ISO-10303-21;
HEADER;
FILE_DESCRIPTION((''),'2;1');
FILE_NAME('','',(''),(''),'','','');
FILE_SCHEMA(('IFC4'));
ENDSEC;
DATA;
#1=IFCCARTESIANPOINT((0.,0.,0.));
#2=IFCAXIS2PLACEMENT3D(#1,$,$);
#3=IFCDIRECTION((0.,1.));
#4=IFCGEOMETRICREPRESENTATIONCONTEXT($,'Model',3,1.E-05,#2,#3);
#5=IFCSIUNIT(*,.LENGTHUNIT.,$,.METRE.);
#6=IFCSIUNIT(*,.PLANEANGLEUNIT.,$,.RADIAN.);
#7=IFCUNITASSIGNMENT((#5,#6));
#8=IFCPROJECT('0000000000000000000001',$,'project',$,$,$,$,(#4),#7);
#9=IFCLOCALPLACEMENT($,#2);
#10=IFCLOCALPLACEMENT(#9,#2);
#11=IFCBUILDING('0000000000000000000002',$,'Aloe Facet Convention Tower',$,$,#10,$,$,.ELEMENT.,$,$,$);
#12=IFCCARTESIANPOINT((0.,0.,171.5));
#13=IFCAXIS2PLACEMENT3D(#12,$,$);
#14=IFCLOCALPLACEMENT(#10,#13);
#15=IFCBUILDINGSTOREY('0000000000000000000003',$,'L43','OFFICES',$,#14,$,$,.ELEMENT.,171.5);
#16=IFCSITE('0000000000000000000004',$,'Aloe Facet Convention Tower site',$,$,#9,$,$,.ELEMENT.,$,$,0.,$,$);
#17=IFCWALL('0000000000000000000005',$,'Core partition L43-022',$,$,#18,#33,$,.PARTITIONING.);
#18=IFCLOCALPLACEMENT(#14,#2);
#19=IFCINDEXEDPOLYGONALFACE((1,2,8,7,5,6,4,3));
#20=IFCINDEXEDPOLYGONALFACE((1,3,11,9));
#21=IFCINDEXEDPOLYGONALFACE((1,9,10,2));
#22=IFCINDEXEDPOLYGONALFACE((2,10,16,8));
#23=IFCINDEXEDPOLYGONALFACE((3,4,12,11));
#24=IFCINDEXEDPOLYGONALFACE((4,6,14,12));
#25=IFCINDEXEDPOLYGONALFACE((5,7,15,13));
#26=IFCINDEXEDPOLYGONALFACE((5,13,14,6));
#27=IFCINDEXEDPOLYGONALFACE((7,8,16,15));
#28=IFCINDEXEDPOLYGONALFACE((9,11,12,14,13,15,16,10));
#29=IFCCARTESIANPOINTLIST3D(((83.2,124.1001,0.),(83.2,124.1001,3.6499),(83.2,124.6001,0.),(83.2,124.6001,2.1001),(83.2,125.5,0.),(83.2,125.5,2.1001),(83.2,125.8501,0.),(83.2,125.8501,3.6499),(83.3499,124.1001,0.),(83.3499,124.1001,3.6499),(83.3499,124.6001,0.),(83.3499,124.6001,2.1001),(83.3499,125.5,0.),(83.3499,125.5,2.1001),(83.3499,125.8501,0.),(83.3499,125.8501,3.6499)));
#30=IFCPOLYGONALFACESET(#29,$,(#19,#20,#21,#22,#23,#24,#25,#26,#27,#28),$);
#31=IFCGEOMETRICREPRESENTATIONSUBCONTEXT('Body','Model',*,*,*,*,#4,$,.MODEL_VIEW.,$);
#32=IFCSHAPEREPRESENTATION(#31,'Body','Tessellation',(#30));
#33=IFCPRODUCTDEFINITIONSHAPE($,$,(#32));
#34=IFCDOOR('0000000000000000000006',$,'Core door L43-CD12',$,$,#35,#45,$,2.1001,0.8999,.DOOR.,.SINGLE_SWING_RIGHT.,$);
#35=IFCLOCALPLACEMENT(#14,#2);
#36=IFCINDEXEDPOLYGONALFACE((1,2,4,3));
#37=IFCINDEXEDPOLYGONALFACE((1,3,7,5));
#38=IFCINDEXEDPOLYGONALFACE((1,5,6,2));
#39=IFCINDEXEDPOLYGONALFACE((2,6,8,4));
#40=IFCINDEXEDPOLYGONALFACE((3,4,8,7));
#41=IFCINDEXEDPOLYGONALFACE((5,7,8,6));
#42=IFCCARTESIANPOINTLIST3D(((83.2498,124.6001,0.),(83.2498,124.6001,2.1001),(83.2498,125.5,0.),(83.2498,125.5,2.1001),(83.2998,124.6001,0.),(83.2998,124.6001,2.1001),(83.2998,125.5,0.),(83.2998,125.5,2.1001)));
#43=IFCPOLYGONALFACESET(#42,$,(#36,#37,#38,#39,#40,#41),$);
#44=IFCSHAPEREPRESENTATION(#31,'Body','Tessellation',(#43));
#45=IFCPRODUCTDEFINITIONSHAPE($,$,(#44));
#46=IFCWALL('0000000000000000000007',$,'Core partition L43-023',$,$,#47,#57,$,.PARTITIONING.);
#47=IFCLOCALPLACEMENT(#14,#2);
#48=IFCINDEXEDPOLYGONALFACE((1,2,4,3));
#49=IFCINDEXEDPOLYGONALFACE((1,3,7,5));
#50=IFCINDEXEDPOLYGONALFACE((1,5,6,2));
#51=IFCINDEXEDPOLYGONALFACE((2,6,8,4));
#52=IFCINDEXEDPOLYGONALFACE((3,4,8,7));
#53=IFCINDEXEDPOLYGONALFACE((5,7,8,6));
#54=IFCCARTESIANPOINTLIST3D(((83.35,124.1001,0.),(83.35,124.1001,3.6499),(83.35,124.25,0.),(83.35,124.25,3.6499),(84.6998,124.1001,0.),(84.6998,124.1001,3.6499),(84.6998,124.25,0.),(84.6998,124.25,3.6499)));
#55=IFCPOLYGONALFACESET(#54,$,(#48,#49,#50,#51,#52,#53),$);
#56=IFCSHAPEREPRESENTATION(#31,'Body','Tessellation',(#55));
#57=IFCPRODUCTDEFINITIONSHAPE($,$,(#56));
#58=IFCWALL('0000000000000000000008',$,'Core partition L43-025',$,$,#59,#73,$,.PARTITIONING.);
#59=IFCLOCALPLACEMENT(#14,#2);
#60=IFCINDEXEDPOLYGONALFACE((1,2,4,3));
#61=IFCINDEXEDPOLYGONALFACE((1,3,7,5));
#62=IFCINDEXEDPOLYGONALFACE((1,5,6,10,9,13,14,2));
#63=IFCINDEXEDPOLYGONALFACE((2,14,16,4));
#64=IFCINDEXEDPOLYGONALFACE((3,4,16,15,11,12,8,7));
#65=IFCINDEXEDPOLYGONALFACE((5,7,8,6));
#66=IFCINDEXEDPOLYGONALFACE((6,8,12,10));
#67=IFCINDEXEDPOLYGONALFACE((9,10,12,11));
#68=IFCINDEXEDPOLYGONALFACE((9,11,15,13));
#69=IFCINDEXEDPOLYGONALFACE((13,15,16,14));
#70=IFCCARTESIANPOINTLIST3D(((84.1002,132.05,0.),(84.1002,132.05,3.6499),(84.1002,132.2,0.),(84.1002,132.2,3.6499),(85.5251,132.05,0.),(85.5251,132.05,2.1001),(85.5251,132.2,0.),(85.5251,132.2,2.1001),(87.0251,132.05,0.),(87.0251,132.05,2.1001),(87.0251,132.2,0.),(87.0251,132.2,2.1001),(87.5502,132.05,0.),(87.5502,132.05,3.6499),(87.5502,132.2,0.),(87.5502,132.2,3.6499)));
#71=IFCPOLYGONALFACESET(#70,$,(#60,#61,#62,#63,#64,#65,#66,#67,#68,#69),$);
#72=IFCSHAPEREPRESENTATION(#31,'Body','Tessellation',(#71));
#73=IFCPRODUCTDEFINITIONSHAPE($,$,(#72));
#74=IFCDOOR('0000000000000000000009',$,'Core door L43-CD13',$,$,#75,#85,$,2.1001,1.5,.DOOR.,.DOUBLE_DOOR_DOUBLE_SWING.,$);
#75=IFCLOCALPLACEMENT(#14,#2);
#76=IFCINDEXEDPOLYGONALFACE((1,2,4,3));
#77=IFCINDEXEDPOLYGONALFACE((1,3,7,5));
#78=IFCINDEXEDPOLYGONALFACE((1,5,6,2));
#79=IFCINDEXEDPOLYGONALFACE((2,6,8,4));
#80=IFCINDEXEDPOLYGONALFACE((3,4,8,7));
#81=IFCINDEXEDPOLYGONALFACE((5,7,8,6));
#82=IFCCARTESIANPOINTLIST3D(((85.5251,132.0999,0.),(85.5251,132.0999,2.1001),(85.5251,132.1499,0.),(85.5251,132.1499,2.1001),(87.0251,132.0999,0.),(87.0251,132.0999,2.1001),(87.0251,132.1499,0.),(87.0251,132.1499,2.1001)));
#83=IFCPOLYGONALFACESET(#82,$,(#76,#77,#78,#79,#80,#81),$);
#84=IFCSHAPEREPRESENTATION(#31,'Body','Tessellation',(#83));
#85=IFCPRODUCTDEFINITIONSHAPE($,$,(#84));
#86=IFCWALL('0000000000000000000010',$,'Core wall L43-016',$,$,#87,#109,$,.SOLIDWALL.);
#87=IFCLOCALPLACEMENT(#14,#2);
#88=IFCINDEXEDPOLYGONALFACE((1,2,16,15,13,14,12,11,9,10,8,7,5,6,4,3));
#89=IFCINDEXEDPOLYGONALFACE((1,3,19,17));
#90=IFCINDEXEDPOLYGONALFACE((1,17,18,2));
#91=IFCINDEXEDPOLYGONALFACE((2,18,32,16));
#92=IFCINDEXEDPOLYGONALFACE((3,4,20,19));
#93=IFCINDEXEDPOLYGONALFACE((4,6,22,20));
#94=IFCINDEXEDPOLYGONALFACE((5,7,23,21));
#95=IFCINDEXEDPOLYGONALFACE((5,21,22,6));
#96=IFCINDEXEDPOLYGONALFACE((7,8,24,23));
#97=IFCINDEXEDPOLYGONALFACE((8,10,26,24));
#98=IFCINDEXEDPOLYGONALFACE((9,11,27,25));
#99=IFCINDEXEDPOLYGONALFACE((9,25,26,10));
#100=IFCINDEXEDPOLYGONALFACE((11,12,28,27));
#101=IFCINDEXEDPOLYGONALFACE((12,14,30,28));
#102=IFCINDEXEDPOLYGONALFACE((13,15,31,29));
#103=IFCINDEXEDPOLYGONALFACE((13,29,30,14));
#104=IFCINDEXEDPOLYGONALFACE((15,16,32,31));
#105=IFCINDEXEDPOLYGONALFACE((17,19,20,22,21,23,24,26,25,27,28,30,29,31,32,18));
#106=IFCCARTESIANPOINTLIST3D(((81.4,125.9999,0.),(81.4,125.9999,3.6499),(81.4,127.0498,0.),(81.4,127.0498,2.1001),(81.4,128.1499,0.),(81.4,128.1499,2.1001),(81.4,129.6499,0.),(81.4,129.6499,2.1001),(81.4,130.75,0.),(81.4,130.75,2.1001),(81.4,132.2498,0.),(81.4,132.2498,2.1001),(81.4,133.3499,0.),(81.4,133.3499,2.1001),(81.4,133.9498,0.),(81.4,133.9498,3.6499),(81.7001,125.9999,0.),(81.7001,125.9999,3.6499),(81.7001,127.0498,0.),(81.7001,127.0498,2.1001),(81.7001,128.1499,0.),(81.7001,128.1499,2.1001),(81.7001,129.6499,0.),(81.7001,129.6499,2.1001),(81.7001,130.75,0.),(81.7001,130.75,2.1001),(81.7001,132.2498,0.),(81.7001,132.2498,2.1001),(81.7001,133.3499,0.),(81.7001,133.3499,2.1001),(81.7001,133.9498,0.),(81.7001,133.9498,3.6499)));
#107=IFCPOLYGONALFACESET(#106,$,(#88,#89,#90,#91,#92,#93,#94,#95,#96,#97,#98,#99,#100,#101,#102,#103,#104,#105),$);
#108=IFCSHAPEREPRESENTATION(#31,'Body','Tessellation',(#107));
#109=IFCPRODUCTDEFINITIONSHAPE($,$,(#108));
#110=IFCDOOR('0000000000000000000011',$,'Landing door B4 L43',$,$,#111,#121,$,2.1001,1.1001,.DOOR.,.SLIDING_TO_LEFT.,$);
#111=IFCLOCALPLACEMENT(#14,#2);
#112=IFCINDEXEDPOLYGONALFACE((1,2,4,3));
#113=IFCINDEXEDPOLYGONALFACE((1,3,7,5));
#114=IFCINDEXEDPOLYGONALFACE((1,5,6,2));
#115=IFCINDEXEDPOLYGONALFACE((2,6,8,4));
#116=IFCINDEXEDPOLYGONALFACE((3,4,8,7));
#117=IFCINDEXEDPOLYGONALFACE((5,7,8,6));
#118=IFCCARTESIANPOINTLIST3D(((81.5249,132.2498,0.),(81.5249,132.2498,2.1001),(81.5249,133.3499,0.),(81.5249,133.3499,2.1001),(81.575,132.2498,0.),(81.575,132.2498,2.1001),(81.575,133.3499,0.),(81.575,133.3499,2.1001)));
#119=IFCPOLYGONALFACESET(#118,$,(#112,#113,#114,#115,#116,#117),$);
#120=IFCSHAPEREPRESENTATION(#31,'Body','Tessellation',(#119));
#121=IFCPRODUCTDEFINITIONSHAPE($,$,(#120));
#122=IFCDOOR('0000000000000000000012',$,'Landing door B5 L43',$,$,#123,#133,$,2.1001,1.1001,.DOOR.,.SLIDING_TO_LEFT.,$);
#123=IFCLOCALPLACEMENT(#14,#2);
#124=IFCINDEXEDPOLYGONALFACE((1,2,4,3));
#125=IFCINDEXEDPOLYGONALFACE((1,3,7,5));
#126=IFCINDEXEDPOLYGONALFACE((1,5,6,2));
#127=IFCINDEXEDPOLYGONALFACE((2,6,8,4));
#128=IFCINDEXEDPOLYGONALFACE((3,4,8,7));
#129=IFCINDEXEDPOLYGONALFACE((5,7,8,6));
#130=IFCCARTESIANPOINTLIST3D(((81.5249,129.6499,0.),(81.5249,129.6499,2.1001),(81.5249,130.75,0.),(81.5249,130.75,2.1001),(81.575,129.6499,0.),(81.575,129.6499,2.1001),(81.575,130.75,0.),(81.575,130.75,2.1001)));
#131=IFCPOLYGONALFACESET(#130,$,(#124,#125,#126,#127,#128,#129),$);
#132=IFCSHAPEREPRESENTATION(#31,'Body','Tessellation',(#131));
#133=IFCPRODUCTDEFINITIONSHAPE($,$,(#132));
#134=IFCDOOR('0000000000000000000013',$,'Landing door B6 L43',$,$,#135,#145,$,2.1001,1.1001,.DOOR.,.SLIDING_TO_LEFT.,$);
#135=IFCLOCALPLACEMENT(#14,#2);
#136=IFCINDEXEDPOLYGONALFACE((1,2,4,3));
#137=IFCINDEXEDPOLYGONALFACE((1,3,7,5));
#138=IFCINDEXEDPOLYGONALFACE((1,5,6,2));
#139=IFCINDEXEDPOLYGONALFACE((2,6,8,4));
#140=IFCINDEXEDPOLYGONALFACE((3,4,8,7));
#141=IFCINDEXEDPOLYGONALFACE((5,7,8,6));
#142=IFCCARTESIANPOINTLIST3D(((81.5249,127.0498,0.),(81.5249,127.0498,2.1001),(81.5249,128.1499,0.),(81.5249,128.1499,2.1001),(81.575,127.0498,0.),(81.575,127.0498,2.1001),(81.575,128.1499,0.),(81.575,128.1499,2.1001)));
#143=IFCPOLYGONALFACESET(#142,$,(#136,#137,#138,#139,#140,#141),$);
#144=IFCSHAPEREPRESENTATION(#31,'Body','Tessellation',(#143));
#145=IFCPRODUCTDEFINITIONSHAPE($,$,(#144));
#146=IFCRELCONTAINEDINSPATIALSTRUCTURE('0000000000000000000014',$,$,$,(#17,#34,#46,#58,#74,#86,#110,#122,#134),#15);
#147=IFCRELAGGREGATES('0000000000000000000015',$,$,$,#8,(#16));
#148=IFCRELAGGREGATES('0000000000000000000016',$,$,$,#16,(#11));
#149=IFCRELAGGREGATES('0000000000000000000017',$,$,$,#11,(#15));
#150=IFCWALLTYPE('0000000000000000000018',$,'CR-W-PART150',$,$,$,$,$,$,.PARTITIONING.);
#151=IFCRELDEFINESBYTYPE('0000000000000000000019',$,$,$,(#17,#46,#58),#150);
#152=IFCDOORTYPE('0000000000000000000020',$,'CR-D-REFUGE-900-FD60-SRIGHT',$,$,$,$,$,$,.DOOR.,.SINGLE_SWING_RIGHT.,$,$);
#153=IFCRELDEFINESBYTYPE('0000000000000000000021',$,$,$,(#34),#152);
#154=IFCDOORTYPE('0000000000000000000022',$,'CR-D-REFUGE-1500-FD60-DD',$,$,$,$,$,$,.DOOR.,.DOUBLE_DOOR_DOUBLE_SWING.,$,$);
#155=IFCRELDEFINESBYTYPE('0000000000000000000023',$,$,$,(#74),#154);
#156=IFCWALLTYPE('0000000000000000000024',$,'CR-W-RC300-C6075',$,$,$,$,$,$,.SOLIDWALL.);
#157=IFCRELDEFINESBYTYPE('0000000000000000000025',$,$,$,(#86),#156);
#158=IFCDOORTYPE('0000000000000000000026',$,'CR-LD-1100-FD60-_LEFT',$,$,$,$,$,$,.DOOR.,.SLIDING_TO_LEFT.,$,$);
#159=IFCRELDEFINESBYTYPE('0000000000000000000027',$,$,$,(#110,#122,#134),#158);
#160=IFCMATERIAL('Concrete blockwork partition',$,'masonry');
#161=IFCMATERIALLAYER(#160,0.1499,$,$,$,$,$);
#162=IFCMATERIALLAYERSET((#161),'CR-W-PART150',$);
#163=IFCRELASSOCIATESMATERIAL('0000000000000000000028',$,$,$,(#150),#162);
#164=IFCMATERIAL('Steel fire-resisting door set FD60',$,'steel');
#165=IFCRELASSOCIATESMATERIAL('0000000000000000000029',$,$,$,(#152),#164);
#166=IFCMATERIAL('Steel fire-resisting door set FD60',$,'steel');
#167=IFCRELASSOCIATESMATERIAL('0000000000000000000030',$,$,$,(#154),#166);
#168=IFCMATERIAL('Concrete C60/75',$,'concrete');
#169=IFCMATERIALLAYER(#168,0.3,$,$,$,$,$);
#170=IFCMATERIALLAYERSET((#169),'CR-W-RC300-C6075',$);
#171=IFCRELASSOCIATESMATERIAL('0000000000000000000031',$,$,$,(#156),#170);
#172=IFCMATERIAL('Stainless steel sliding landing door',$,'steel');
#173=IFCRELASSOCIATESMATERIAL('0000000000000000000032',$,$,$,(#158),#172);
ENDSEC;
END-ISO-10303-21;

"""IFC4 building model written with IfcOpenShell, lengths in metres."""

from ifc_helpers import new_model, si_unit, direction, frame, frame_2d, origin, place, context, subcontext, project, spatial, rectangle, extrude, material, layer, layer_set, type_object, element, fill, save


model = new_model("IFC4")

# Units and contexts
model_context = context("Model", 3, precision=1e-05, world=origin(), true_north=direction((0.0, 1.0)))
body_context = subcontext(model_context, "Body", "Model", "MODEL_VIEW")
ifc_project = project(units=[si_unit("LENGTHUNIT", "METRE"), si_unit("PLANEANGLEUNIT", "RADIAN")], contexts=[model_context])

# Site, building, storey
site_placement = place(None, origin())
site = spatial("IfcSite", under=ifc_project, at=site_placement, Name="Aloe Facet Convention Tower site", CompositionType="ELEMENT", RefElevation=0.0)
building_placement = place(site_placement, origin())
building = spatial("IfcBuilding", under=site, at=building_placement, Name="Aloe Facet Convention Tower", CompositionType="ELEMENT")
storey_placement = place(building_placement, frame((0.0, 0.0, 171.5)))
storey = spatial("IfcBuildingStorey", under=building, at=storey_placement, Name="L43", Description="OFFICES", CompositionType="ELEMENT", Elevation=171.5)

# Wall, opening, door
ifc_material_1 = material(Name="Concrete blockwork partition", Category="masonry")
ifc_layer_1 = layer(ifc_material_1, 0.1499)
ifc_layer_set_1 = layer_set([ifc_layer_1], Name="CR-W-PART150")
wall_type_1 = type_object("IfcWallType", Name="CR-W-PART150", PredefinedType="PARTITIONING", material=ifc_layer_set_1)
wall_1_placement = place(storey_placement, frame((83.2749, 125.8501, 0.0), z_axis=(0.0, 0.0, 1.0), x_axis=(0.0, -1.0, 0.0)))
wall_1 = element("IfcWall", 1, at=wall_1_placement, inside=storey, type_object=wall_type_1, Name="Core partition L43-022", PredefinedType="PARTITIONING", context=body_context, shape_type="SweptSolid", body=[
    extrude(rectangle(XDim=1.75, YDim=0.1499, at=frame_2d((0.875, 0.0))), origin(), (0.0, 0.0, 1.0), 3.6499),
])
opening_1_placement = place(wall_1_placement, frame((0.3501, 0.0, 0.0)))
opening_1 = element("IfcOpeningElement", 2, at=opening_1_placement, cuts=wall_1, PredefinedType="OPENING", context=body_context, shape_type="SweptSolid", body=[
    extrude(rectangle(XDim=0.8999, YDim=2.1001, at=frame_2d((0.45, 1.05))), frame((0.0, 0.085, 0.0), z_axis=(0.0, -1.0, 0.0), x_axis=(1.0, 0.0, 0.0)), (0.0, 0.0, 1.0), 0.1699),
])
ifc_material_2 = material(Name="Steel fire-resisting door set FD60", Category="steel")
door_type_1 = type_object("IfcDoorType", Name="CR-D-REFUGE-900-FD60-SRIGHT", OperationType="SINGLE_SWING_RIGHT", PredefinedType="DOOR", material=ifc_material_2)
door_1_placement = place(opening_1_placement, origin())
door_1 = element("IfcDoor", 3, at=door_1_placement, inside=storey, type_object=door_type_1, Name="Core door L43-CD12", OperationType="SINGLE_SWING_RIGHT", OverallHeight=2.1001, OverallWidth=0.8999, PredefinedType="DOOR", context=body_context, shape_type="SweptSolid", body=[
    extrude(rectangle(XDim=0.8999, YDim=2.1001, at=frame_2d((0.45, 1.05))), frame((0.0, 0.0249, 0.0), z_axis=(0.0, -1.0, 0.0), x_axis=(1.0, 0.0, 0.0)), (0.0, 0.0, 1.0), 0.05),
])
fill(opening_1, door_1)

# Wall
wall_2_placement = place(storey_placement, frame((83.3501, 124.175, 0.0), z_axis=(0.0, 0.0, 1.0), x_axis=(1.0, 0.0, 0.0)))
element("IfcWall", 4, at=wall_2_placement, inside=storey, type_object=wall_type_1, Name="Core partition L43-023", PredefinedType="PARTITIONING", context=body_context, shape_type="SweptSolid", body=[
    extrude(rectangle(XDim=1.3499, YDim=0.1499, at=frame_2d((0.6748, 0.0))), origin(), (0.0, 0.0, 1.0), 3.6499),
])

# Wall, opening, door
wall_3_placement = place(storey_placement, frame((84.1001, 132.125, 0.0), z_axis=(0.0, 0.0, 1.0), x_axis=(1.0, 0.0, 0.0)))
wall_3 = element("IfcWall", 5, at=wall_3_placement, inside=storey, type_object=wall_type_1, Name="Core partition L43-025", PredefinedType="PARTITIONING", context=body_context, shape_type="SweptSolid", body=[
    extrude(rectangle(XDim=3.45, YDim=0.1499, at=frame_2d((1.7251, 0.0))), origin(), (0.0, 0.0, 1.0), 3.6499),
])
opening_2_placement = place(wall_3_placement, frame((1.425, 0.0, 0.0)))
opening_2 = element("IfcOpeningElement", 6, at=opening_2_placement, cuts=wall_3, PredefinedType="OPENING", context=body_context, shape_type="SweptSolid", body=[
    extrude(rectangle(XDim=1.5, YDim=2.1001, at=frame_2d((0.75, 1.05))), frame((0.0, 0.085, 0.0), z_axis=(0.0, -1.0, 0.0), x_axis=(1.0, 0.0, 0.0)), (0.0, 0.0, 1.0), 0.1699),
])
ifc_material_3 = material(Name="Steel fire-resisting door set FD60", Category="steel")
door_type_2 = type_object("IfcDoorType", Name="CR-D-REFUGE-1500-FD60-DD", OperationType="DOUBLE_DOOR_DOUBLE_SWING", PredefinedType="DOOR", material=ifc_material_3)
door_2_placement = place(opening_2_placement, origin())
door_2 = element("IfcDoor", 7, at=door_2_placement, inside=storey, type_object=door_type_2, Name="Core door L43-CD13", OperationType="DOUBLE_DOOR_DOUBLE_SWING", OverallHeight=2.1001, OverallWidth=1.5, PredefinedType="DOOR", context=body_context, shape_type="SweptSolid", body=[
    extrude(rectangle(XDim=1.5, YDim=2.1001, at=frame_2d((0.75, 1.05))), frame((0.0, 0.0249, 0.0), z_axis=(0.0, -1.0, 0.0), x_axis=(1.0, 0.0, 0.0)), (0.0, 0.0, 1.0), 0.05),
])
fill(opening_2, door_2)

# Wall, openings, doors
ifc_material_4 = material(Name="Concrete C60/75", Category="concrete")
ifc_layer_2 = layer(ifc_material_4, 0.3)
ifc_layer_set_2 = layer_set([ifc_layer_2], Name="CR-W-RC300-C6075")
wall_type_2 = type_object("IfcWallType", Name="CR-W-RC300-C6075", PredefinedType="SOLIDWALL", material=ifc_layer_set_2)
wall_4_placement = place(storey_placement, frame((81.55, 133.95, 0.0), z_axis=(0.0, 0.0, 1.0), x_axis=(0.0, -1.0, 0.0)))
wall_4 = element("IfcWall", 8, at=wall_4_placement, inside=storey, type_object=wall_type_2, Name="Core wall L43-016", PredefinedType="SOLIDWALL", context=body_context, shape_type="SweptSolid", body=[
    extrude(rectangle(XDim=7.95, YDim=0.3, at=frame_2d((3.9751, 0.0))), origin(), (0.0, 0.0, 1.0), 3.6499),
])
opening_3_placement = place(wall_4_placement, frame((0.6001, 0.0, 0.0)))
opening_3 = element("IfcOpeningElement", 9, at=opening_3_placement, cuts=wall_4, PredefinedType="OPENING", context=body_context, shape_type="SweptSolid", body=[
    extrude(rectangle(XDim=1.1001, YDim=2.1001, at=frame_2d((0.55, 1.05))), frame((0.0, 0.1602, 0.0), z_axis=(0.0, -1.0, 0.0), x_axis=(1.0, 0.0, 0.0)), (0.0, 0.0, 1.0), 0.3201),
])
opening_4_placement = place(wall_4_placement, frame((3.2, 0.0, 0.0)))
opening_4 = element("IfcOpeningElement", 10, at=opening_4_placement, cuts=wall_4, PredefinedType="OPENING", context=body_context, shape_type="SweptSolid", body=[
    extrude(rectangle(XDim=1.1001, YDim=2.1001, at=frame_2d((0.55, 1.05))), frame((0.0, 0.1602, 0.0), z_axis=(0.0, -1.0, 0.0), x_axis=(1.0, 0.0, 0.0)), (0.0, 0.0, 1.0), 0.3201),
])
opening_5_placement = place(wall_4_placement, frame((5.8, 0.0, 0.0)))
opening_5 = element("IfcOpeningElement", 11, at=opening_5_placement, cuts=wall_4, PredefinedType="OPENING", context=body_context, shape_type="SweptSolid", body=[
    extrude(rectangle(XDim=1.1001, YDim=2.1001, at=frame_2d((0.55, 1.05))), frame((0.0, 0.1602, 0.0), z_axis=(0.0, -1.0, 0.0), x_axis=(1.0, 0.0, 0.0)), (0.0, 0.0, 1.0), 0.3201),
])
ifc_material_5 = material(Name="Stainless steel sliding landing door", Category="steel")
door_type_3 = type_object("IfcDoorType", Name="CR-LD-1100-FD60-_LEFT", OperationType="SLIDING_TO_LEFT", PredefinedType="DOOR", material=ifc_material_5)
door_3_placement = place(opening_3_placement, origin())
door_3 = element("IfcDoor", 12, at=door_3_placement, inside=storey, type_object=door_type_3, Name="Landing door B4 L43", OperationType="SLIDING_TO_LEFT", OverallHeight=2.1001, OverallWidth=1.1001, PredefinedType="DOOR", context=body_context, shape_type="SweptSolid", body=[
    extrude(rectangle(XDim=1.1001, YDim=2.1001, at=frame_2d((0.55, 1.05))), frame((0.0, 0.0249, 0.0), z_axis=(0.0, -1.0, 0.0), x_axis=(1.0, 0.0, 0.0)), (0.0, 0.0, 1.0), 0.05),
])
fill(opening_3, door_3)
door_4_placement = place(opening_4_placement, origin())
door_4 = element("IfcDoor", 13, at=door_4_placement, inside=storey, type_object=door_type_3, Name="Landing door B5 L43", OperationType="SLIDING_TO_LEFT", OverallHeight=2.1001, OverallWidth=1.1001, PredefinedType="DOOR", context=body_context, shape_type="SweptSolid", body=[
    extrude(rectangle(XDim=1.1001, YDim=2.1001, at=frame_2d((0.55, 1.05))), frame((0.0, 0.0249, 0.0), z_axis=(0.0, -1.0, 0.0), x_axis=(1.0, 0.0, 0.0)), (0.0, 0.0, 1.0), 0.05),
])
fill(opening_4, door_4)
door_5_placement = place(opening_5_placement, origin())
door_5 = element("IfcDoor", 14, at=door_5_placement, inside=storey, type_object=door_type_3, Name="Landing door B6 L43", OperationType="SLIDING_TO_LEFT", OverallHeight=2.1001, OverallWidth=1.1001, PredefinedType="DOOR", context=body_context, shape_type="SweptSolid", body=[
    extrude(rectangle(XDim=1.1001, YDim=2.1001, at=frame_2d((0.55, 1.05))), frame((0.0, 0.0249, 0.0), z_axis=(0.0, -1.0, 0.0), x_axis=(1.0, 0.0, 0.0)), (0.0, 0.0, 1.0), 0.05),
])
fill(opening_5, door_5)

save(model, "model.ifc")
